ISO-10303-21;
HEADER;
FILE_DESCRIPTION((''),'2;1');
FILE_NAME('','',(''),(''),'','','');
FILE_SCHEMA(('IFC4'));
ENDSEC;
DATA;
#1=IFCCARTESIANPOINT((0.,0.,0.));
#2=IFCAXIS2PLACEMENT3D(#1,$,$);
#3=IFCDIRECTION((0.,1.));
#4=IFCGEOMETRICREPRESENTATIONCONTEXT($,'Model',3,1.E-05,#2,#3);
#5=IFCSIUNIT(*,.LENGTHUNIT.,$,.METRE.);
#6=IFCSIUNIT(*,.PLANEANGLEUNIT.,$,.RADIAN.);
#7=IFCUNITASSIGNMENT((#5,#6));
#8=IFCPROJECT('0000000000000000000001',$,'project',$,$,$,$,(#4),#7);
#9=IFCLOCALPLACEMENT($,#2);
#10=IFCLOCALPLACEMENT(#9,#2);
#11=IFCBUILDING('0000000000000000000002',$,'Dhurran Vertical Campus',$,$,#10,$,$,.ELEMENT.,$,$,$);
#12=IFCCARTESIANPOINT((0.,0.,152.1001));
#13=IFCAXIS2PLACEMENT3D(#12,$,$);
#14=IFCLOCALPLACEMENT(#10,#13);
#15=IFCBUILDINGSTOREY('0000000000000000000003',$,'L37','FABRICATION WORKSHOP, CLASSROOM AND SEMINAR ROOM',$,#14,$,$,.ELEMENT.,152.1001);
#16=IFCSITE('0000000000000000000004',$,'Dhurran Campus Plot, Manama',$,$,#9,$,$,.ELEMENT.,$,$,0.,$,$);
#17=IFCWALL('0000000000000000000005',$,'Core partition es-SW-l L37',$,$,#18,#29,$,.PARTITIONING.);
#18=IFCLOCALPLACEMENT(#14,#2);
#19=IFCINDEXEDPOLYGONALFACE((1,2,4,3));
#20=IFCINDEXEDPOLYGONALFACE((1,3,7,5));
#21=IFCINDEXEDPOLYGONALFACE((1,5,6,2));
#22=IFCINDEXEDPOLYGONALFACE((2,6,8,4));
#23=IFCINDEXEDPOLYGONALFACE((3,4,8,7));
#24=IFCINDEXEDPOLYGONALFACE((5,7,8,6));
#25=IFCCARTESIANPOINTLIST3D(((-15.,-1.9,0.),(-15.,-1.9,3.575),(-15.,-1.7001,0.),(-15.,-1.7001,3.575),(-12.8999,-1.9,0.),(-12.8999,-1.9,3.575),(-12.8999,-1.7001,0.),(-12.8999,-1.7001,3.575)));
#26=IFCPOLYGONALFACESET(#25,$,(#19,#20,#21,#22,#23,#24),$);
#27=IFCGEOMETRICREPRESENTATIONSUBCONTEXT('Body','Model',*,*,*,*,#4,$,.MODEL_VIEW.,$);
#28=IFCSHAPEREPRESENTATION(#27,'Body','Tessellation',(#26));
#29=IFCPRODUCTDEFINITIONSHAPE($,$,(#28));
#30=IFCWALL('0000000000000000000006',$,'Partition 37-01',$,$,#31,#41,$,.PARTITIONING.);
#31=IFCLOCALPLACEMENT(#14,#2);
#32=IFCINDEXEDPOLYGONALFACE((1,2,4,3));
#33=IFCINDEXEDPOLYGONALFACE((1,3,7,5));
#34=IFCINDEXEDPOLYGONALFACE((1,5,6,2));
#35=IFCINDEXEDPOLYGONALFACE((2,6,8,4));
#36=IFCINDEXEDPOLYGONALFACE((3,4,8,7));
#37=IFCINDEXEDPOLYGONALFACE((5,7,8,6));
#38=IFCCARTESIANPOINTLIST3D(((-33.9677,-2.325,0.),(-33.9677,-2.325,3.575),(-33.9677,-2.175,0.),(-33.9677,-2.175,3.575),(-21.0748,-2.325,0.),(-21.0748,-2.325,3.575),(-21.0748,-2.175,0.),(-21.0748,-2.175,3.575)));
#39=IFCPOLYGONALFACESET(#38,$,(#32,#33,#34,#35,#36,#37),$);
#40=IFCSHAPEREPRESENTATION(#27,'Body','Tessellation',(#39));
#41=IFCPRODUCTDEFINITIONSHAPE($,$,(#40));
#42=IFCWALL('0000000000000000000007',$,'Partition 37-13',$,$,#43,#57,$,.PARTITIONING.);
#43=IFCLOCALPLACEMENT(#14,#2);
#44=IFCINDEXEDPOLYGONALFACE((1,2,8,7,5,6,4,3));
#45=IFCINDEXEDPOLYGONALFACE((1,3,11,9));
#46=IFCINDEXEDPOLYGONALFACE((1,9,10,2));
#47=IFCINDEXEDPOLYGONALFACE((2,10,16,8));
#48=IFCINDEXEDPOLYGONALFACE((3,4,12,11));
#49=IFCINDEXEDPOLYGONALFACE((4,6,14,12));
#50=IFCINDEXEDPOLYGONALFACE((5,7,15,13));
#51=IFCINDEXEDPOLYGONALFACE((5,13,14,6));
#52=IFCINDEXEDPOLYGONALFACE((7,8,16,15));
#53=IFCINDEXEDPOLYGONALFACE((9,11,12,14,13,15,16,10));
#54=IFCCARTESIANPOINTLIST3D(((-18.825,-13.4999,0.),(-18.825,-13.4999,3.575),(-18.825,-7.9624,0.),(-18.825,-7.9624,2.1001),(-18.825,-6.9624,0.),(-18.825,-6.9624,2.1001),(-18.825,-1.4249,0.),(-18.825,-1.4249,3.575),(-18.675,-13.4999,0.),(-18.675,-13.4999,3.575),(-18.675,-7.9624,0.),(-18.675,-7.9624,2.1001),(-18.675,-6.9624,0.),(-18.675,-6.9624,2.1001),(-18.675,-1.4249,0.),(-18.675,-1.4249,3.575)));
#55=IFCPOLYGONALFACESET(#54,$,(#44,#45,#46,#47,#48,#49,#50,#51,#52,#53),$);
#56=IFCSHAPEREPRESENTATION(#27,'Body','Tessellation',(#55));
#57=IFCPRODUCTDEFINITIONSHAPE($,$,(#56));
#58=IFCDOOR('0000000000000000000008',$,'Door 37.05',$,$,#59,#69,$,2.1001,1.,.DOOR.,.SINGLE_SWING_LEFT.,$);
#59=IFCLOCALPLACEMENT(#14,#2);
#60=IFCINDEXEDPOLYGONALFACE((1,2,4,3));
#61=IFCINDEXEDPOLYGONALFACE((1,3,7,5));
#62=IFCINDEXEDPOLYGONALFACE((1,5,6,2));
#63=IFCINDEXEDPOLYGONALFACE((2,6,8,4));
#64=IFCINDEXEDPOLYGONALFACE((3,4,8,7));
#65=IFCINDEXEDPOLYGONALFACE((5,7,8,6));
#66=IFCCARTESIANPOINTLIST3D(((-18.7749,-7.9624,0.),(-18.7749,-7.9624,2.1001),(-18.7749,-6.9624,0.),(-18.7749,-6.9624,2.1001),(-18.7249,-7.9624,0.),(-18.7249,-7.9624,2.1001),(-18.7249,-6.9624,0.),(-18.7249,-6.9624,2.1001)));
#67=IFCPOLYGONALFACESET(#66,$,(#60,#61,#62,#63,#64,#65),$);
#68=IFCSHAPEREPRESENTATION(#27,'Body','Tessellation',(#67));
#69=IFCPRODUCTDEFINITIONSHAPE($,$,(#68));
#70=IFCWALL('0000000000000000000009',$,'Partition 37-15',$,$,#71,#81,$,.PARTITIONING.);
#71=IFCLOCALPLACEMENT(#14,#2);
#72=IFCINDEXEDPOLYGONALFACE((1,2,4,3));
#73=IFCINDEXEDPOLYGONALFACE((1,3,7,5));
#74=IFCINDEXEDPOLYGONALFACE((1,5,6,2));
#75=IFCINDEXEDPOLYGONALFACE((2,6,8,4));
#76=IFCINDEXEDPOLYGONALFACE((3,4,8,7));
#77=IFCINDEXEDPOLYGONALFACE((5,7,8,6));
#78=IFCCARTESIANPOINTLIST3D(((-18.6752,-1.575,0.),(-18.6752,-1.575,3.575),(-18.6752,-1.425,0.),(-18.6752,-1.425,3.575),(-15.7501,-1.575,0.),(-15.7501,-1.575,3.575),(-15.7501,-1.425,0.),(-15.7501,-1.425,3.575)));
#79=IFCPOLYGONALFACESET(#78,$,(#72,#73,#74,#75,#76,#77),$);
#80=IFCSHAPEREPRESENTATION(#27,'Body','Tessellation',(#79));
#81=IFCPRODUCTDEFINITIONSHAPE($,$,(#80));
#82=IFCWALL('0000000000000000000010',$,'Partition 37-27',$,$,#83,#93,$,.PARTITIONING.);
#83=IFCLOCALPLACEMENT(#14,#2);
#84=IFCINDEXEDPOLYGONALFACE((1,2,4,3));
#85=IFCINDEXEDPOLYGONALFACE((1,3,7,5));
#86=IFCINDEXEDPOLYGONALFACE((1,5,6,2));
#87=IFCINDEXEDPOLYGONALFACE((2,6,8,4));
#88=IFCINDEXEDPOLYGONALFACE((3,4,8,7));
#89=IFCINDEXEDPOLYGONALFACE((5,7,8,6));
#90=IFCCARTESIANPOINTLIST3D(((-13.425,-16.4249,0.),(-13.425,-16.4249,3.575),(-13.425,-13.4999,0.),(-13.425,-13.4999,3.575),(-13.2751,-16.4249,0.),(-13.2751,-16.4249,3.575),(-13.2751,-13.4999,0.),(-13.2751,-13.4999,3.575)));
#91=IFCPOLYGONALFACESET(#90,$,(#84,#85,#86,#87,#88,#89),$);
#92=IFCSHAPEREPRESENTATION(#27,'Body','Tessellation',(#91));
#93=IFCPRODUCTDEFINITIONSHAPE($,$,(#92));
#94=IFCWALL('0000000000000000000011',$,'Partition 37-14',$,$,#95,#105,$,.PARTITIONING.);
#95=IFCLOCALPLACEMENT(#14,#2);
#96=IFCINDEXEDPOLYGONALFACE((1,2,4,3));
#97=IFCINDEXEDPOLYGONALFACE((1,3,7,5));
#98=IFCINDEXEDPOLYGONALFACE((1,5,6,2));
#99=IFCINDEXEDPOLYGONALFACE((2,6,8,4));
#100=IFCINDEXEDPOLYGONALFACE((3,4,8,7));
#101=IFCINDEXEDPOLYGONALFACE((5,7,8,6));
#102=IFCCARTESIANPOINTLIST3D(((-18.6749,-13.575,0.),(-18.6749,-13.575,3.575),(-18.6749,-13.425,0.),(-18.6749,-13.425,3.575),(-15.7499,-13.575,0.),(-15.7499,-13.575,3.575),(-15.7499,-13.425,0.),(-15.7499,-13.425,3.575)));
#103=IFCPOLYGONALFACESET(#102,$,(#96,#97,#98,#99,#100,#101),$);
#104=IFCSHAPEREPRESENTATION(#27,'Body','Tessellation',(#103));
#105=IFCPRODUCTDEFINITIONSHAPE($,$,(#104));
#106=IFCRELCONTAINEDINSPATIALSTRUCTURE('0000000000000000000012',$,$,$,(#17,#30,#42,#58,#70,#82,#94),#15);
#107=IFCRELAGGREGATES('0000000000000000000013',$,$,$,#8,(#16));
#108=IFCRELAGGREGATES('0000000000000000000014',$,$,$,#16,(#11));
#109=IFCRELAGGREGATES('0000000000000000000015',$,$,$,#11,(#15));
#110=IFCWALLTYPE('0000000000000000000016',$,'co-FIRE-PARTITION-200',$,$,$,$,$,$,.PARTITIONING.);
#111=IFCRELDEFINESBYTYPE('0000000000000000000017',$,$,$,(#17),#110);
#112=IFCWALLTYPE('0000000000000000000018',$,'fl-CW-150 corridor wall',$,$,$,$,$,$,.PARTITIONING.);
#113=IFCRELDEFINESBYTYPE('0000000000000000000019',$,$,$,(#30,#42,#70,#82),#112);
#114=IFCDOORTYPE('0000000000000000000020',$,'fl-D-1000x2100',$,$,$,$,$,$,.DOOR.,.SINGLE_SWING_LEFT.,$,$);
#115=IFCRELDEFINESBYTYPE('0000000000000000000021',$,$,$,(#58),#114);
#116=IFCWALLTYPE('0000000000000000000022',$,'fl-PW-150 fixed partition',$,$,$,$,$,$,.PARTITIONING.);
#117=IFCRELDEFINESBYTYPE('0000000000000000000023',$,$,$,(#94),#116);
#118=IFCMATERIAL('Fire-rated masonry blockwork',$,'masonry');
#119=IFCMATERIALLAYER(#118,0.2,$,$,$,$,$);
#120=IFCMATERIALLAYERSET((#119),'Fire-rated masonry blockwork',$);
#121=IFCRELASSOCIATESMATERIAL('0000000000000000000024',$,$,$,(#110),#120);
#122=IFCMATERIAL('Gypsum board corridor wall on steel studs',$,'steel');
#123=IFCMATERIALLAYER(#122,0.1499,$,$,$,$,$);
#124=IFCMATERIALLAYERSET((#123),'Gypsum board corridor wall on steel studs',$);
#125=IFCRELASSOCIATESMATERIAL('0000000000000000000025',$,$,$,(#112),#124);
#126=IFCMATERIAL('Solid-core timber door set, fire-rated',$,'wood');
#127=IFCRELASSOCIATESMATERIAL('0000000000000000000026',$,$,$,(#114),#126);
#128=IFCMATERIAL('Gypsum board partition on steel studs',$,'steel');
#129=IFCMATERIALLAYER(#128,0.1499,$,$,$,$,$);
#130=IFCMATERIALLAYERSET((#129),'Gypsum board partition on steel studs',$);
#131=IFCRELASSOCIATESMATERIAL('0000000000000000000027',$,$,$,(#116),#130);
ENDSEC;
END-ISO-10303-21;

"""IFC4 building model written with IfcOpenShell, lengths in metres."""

from ifc_helpers import new_model, si_unit, direction, frame, frame_2d, origin, place, context, subcontext, project, spatial, rectangle, extrude, material, layer, layer_set, type_object, element, fill, save


model = new_model("IFC4")

# Units and contexts
model_context = context("Model", 3, precision=1e-05, world=origin(), true_north=direction((0.0, 1.0)))
body_context = subcontext(model_context, "Body", "Model", "MODEL_VIEW")
ifc_project = project(units=[si_unit("LENGTHUNIT", "METRE"), si_unit("PLANEANGLEUNIT", "RADIAN")], contexts=[model_context])

# Site, building, storey
site_placement = place(None, origin())
site = spatial("IfcSite", under=ifc_project, at=site_placement, Name="Dhurran Campus Plot, Manama", CompositionType="ELEMENT", RefElevation=0.0)
building_placement = place(site_placement, origin())
building = spatial("IfcBuilding", under=site, at=building_placement, Name="Dhurran Vertical Campus", CompositionType="ELEMENT")
storey_placement = place(building_placement, frame((0.0, 0.0, 152.1001)))
storey = spatial("IfcBuildingStorey", under=building, at=storey_placement, Name="L37", Description="FABRICATION WORKSHOP, CLASSROOM AND SEMINAR ROOM", CompositionType="ELEMENT", Elevation=152.1001)

# Shared definitions
ifc_material_1 = material(Name="Fire-rated masonry blockwork", Category="masonry")
ifc_layer_1 = layer(ifc_material_1, 0.2)
ifc_layer_set_1 = layer_set([ifc_layer_1], Name="Fire-rated masonry blockwork")
wall_type_1 = type_object("IfcWallType", Name="co-FIRE-PARTITION-200", PredefinedType="PARTITIONING", material=ifc_layer_set_1)

# Walls
wall_1_placement = place(storey_placement, frame((-15.0, -1.8, 0.0), z_axis=(0.0, 0.0, 1.0), x_axis=(1.0, 0.0, 0.0)))
element("IfcWall", 1, at=wall_1_placement, inside=storey, type_object=wall_type_1, Name="Core partition es-SW-l L37", PredefinedType="PARTITIONING", context=body_context, shape_type="SweptSolid", body=[
    extrude(rectangle(XDim=2.1001, YDim=0.2, at=frame_2d((1.05, 0.0))), origin(), (0.0, 0.0, 1.0), 3.575),
])
ifc_material_2 = material(Name="Gypsum board corridor wall on steel studs", Category="steel")
ifc_layer_2 = layer(ifc_material_2, 0.1499)
ifc_layer_set_2 = layer_set([ifc_layer_2], Name="Gypsum board corridor wall on steel studs")
wall_type_2 = type_object("IfcWallType", Name="fl-CW-150 corridor wall", PredefinedType="PARTITIONING", material=ifc_layer_set_2)
wall_2_placement = place(storey_placement, frame((-21.075, -2.25, 0.0), z_axis=(0.0, 0.0, 1.0), x_axis=(-1.0, 0.0, 0.0)))
element("IfcWall", 2, at=wall_2_placement, inside=storey, type_object=wall_type_2, Name="Partition 37-01", PredefinedType="PARTITIONING", context=body_context, shape_type="SweptSolid", body=[
    extrude(rectangle(XDim=12.8928, YDim=0.1499, at=frame_2d((6.4463, 0.0))), origin(), (0.0, 0.0, 1.0), 3.575),
])

# Wall, opening, door
wall_3_placement = place(storey_placement, frame((-18.75, -13.5, 0.0), z_axis=(0.0, 0.0, 1.0), x_axis=(0.0, 1.0, 0.0)))
wall_3 = element("IfcWall", 3, at=wall_3_placement, inside=storey, type_object=wall_type_2, Name="Partition 37-13", PredefinedType="PARTITIONING", context=body_context, shape_type="SweptSolid", body=[
    extrude(rectangle(XDim=12.075, YDim=0.1499, at=frame_2d((6.0376, 0.0))), origin(), (0.0, 0.0, 1.0), 3.575),
])
opening_1_placement = place(wall_3_placement, frame((5.5376, 0.0, 0.0)))
opening_1 = element("IfcOpeningElement", 4, at=opening_1_placement, cuts=wall_3, PredefinedType="OPENING", context=body_context, shape_type="SweptSolid", body=[
    extrude(rectangle(XDim=1.0, YDim=2.1001, at=frame_2d((0.5, 1.05))), frame((0.0, 0.085, 0.0), z_axis=(0.0, -1.0, 0.0), x_axis=(1.0, 0.0, 0.0)), (0.0, 0.0, 1.0), 0.1699),
])
ifc_material_3 = material(Name="Solid-core timber door set, fire-rated", Category="wood")
door_type_1 = type_object("IfcDoorType", Name="fl-D-1000x2100", OperationType="SINGLE_SWING_LEFT", PredefinedType="DOOR", material=ifc_material_3)
door_1_placement = place(opening_1_placement, origin())
door_1 = element("IfcDoor", 5, at=door_1_placement, inside=storey, type_object=door_type_1, Name="Door 37.05", OperationType="SINGLE_SWING_LEFT", OverallHeight=2.1001, OverallWidth=1.0, PredefinedType="DOOR", context=body_context, shape_type="SweptSolid", body=[
    extrude(rectangle(XDim=1.0, YDim=2.1001, at=frame_2d((0.5, 1.05))), frame((0.0, 0.0249, 0.0), z_axis=(0.0, -1.0, 0.0), x_axis=(1.0, 0.0, 0.0)), (0.0, 0.0, 1.0), 0.05),
])
fill(opening_1, door_1)

# Walls
for number, where, z_axis, x_axis, name in (
    (6, (-18.675, -1.5, 0.0), (0.0, 0.0, 1.0), (1.0, 0.0, 0.0), "Partition 37-15"),
    (7, (-13.3501, -13.5, 0.0), (0.0, 0.0, 1.0), (0.0, -1.0, 0.0), "Partition 37-27"),
):
    element("IfcWall", number, at=place(storey_placement, frame(where, z_axis=z_axis, x_axis=x_axis)), inside=storey, type_object=wall_type_2, Name=name, PredefinedType="PARTITIONING", context=body_context, shape_type="SweptSolid", body=[
        extrude(rectangle(XDim=2.925, YDim=0.1499, at=frame_2d((1.4624, 0.0))), origin(), (0.0, 0.0, 1.0), 3.575),
    ])
ifc_material_4 = material(Name="Gypsum board partition on steel studs", Category="steel")
ifc_layer_3 = layer(ifc_material_4, 0.1499)
ifc_layer_set_3 = layer_set([ifc_layer_3], Name="Gypsum board partition on steel studs")
wall_type_3 = type_object("IfcWallType", Name="fl-PW-150 fixed partition", PredefinedType="PARTITIONING", material=ifc_layer_set_3)
wall_4_placement = place(storey_placement, frame((-15.75, -13.5, 0.0), z_axis=(0.0, 0.0, 1.0), x_axis=(-1.0, 0.0, 0.0)))
element("IfcWall", 8, at=wall_4_placement, inside=storey, type_object=wall_type_3, Name="Partition 37-14", PredefinedType="PARTITIONING", context=body_context, shape_type="SweptSolid", body=[
    extrude(rectangle(XDim=2.925, YDim=0.1499, at=frame_2d((1.4624, 0.0))), origin(), (0.0, 0.0, 1.0), 3.575),
])

save(model, "model.ifc")
